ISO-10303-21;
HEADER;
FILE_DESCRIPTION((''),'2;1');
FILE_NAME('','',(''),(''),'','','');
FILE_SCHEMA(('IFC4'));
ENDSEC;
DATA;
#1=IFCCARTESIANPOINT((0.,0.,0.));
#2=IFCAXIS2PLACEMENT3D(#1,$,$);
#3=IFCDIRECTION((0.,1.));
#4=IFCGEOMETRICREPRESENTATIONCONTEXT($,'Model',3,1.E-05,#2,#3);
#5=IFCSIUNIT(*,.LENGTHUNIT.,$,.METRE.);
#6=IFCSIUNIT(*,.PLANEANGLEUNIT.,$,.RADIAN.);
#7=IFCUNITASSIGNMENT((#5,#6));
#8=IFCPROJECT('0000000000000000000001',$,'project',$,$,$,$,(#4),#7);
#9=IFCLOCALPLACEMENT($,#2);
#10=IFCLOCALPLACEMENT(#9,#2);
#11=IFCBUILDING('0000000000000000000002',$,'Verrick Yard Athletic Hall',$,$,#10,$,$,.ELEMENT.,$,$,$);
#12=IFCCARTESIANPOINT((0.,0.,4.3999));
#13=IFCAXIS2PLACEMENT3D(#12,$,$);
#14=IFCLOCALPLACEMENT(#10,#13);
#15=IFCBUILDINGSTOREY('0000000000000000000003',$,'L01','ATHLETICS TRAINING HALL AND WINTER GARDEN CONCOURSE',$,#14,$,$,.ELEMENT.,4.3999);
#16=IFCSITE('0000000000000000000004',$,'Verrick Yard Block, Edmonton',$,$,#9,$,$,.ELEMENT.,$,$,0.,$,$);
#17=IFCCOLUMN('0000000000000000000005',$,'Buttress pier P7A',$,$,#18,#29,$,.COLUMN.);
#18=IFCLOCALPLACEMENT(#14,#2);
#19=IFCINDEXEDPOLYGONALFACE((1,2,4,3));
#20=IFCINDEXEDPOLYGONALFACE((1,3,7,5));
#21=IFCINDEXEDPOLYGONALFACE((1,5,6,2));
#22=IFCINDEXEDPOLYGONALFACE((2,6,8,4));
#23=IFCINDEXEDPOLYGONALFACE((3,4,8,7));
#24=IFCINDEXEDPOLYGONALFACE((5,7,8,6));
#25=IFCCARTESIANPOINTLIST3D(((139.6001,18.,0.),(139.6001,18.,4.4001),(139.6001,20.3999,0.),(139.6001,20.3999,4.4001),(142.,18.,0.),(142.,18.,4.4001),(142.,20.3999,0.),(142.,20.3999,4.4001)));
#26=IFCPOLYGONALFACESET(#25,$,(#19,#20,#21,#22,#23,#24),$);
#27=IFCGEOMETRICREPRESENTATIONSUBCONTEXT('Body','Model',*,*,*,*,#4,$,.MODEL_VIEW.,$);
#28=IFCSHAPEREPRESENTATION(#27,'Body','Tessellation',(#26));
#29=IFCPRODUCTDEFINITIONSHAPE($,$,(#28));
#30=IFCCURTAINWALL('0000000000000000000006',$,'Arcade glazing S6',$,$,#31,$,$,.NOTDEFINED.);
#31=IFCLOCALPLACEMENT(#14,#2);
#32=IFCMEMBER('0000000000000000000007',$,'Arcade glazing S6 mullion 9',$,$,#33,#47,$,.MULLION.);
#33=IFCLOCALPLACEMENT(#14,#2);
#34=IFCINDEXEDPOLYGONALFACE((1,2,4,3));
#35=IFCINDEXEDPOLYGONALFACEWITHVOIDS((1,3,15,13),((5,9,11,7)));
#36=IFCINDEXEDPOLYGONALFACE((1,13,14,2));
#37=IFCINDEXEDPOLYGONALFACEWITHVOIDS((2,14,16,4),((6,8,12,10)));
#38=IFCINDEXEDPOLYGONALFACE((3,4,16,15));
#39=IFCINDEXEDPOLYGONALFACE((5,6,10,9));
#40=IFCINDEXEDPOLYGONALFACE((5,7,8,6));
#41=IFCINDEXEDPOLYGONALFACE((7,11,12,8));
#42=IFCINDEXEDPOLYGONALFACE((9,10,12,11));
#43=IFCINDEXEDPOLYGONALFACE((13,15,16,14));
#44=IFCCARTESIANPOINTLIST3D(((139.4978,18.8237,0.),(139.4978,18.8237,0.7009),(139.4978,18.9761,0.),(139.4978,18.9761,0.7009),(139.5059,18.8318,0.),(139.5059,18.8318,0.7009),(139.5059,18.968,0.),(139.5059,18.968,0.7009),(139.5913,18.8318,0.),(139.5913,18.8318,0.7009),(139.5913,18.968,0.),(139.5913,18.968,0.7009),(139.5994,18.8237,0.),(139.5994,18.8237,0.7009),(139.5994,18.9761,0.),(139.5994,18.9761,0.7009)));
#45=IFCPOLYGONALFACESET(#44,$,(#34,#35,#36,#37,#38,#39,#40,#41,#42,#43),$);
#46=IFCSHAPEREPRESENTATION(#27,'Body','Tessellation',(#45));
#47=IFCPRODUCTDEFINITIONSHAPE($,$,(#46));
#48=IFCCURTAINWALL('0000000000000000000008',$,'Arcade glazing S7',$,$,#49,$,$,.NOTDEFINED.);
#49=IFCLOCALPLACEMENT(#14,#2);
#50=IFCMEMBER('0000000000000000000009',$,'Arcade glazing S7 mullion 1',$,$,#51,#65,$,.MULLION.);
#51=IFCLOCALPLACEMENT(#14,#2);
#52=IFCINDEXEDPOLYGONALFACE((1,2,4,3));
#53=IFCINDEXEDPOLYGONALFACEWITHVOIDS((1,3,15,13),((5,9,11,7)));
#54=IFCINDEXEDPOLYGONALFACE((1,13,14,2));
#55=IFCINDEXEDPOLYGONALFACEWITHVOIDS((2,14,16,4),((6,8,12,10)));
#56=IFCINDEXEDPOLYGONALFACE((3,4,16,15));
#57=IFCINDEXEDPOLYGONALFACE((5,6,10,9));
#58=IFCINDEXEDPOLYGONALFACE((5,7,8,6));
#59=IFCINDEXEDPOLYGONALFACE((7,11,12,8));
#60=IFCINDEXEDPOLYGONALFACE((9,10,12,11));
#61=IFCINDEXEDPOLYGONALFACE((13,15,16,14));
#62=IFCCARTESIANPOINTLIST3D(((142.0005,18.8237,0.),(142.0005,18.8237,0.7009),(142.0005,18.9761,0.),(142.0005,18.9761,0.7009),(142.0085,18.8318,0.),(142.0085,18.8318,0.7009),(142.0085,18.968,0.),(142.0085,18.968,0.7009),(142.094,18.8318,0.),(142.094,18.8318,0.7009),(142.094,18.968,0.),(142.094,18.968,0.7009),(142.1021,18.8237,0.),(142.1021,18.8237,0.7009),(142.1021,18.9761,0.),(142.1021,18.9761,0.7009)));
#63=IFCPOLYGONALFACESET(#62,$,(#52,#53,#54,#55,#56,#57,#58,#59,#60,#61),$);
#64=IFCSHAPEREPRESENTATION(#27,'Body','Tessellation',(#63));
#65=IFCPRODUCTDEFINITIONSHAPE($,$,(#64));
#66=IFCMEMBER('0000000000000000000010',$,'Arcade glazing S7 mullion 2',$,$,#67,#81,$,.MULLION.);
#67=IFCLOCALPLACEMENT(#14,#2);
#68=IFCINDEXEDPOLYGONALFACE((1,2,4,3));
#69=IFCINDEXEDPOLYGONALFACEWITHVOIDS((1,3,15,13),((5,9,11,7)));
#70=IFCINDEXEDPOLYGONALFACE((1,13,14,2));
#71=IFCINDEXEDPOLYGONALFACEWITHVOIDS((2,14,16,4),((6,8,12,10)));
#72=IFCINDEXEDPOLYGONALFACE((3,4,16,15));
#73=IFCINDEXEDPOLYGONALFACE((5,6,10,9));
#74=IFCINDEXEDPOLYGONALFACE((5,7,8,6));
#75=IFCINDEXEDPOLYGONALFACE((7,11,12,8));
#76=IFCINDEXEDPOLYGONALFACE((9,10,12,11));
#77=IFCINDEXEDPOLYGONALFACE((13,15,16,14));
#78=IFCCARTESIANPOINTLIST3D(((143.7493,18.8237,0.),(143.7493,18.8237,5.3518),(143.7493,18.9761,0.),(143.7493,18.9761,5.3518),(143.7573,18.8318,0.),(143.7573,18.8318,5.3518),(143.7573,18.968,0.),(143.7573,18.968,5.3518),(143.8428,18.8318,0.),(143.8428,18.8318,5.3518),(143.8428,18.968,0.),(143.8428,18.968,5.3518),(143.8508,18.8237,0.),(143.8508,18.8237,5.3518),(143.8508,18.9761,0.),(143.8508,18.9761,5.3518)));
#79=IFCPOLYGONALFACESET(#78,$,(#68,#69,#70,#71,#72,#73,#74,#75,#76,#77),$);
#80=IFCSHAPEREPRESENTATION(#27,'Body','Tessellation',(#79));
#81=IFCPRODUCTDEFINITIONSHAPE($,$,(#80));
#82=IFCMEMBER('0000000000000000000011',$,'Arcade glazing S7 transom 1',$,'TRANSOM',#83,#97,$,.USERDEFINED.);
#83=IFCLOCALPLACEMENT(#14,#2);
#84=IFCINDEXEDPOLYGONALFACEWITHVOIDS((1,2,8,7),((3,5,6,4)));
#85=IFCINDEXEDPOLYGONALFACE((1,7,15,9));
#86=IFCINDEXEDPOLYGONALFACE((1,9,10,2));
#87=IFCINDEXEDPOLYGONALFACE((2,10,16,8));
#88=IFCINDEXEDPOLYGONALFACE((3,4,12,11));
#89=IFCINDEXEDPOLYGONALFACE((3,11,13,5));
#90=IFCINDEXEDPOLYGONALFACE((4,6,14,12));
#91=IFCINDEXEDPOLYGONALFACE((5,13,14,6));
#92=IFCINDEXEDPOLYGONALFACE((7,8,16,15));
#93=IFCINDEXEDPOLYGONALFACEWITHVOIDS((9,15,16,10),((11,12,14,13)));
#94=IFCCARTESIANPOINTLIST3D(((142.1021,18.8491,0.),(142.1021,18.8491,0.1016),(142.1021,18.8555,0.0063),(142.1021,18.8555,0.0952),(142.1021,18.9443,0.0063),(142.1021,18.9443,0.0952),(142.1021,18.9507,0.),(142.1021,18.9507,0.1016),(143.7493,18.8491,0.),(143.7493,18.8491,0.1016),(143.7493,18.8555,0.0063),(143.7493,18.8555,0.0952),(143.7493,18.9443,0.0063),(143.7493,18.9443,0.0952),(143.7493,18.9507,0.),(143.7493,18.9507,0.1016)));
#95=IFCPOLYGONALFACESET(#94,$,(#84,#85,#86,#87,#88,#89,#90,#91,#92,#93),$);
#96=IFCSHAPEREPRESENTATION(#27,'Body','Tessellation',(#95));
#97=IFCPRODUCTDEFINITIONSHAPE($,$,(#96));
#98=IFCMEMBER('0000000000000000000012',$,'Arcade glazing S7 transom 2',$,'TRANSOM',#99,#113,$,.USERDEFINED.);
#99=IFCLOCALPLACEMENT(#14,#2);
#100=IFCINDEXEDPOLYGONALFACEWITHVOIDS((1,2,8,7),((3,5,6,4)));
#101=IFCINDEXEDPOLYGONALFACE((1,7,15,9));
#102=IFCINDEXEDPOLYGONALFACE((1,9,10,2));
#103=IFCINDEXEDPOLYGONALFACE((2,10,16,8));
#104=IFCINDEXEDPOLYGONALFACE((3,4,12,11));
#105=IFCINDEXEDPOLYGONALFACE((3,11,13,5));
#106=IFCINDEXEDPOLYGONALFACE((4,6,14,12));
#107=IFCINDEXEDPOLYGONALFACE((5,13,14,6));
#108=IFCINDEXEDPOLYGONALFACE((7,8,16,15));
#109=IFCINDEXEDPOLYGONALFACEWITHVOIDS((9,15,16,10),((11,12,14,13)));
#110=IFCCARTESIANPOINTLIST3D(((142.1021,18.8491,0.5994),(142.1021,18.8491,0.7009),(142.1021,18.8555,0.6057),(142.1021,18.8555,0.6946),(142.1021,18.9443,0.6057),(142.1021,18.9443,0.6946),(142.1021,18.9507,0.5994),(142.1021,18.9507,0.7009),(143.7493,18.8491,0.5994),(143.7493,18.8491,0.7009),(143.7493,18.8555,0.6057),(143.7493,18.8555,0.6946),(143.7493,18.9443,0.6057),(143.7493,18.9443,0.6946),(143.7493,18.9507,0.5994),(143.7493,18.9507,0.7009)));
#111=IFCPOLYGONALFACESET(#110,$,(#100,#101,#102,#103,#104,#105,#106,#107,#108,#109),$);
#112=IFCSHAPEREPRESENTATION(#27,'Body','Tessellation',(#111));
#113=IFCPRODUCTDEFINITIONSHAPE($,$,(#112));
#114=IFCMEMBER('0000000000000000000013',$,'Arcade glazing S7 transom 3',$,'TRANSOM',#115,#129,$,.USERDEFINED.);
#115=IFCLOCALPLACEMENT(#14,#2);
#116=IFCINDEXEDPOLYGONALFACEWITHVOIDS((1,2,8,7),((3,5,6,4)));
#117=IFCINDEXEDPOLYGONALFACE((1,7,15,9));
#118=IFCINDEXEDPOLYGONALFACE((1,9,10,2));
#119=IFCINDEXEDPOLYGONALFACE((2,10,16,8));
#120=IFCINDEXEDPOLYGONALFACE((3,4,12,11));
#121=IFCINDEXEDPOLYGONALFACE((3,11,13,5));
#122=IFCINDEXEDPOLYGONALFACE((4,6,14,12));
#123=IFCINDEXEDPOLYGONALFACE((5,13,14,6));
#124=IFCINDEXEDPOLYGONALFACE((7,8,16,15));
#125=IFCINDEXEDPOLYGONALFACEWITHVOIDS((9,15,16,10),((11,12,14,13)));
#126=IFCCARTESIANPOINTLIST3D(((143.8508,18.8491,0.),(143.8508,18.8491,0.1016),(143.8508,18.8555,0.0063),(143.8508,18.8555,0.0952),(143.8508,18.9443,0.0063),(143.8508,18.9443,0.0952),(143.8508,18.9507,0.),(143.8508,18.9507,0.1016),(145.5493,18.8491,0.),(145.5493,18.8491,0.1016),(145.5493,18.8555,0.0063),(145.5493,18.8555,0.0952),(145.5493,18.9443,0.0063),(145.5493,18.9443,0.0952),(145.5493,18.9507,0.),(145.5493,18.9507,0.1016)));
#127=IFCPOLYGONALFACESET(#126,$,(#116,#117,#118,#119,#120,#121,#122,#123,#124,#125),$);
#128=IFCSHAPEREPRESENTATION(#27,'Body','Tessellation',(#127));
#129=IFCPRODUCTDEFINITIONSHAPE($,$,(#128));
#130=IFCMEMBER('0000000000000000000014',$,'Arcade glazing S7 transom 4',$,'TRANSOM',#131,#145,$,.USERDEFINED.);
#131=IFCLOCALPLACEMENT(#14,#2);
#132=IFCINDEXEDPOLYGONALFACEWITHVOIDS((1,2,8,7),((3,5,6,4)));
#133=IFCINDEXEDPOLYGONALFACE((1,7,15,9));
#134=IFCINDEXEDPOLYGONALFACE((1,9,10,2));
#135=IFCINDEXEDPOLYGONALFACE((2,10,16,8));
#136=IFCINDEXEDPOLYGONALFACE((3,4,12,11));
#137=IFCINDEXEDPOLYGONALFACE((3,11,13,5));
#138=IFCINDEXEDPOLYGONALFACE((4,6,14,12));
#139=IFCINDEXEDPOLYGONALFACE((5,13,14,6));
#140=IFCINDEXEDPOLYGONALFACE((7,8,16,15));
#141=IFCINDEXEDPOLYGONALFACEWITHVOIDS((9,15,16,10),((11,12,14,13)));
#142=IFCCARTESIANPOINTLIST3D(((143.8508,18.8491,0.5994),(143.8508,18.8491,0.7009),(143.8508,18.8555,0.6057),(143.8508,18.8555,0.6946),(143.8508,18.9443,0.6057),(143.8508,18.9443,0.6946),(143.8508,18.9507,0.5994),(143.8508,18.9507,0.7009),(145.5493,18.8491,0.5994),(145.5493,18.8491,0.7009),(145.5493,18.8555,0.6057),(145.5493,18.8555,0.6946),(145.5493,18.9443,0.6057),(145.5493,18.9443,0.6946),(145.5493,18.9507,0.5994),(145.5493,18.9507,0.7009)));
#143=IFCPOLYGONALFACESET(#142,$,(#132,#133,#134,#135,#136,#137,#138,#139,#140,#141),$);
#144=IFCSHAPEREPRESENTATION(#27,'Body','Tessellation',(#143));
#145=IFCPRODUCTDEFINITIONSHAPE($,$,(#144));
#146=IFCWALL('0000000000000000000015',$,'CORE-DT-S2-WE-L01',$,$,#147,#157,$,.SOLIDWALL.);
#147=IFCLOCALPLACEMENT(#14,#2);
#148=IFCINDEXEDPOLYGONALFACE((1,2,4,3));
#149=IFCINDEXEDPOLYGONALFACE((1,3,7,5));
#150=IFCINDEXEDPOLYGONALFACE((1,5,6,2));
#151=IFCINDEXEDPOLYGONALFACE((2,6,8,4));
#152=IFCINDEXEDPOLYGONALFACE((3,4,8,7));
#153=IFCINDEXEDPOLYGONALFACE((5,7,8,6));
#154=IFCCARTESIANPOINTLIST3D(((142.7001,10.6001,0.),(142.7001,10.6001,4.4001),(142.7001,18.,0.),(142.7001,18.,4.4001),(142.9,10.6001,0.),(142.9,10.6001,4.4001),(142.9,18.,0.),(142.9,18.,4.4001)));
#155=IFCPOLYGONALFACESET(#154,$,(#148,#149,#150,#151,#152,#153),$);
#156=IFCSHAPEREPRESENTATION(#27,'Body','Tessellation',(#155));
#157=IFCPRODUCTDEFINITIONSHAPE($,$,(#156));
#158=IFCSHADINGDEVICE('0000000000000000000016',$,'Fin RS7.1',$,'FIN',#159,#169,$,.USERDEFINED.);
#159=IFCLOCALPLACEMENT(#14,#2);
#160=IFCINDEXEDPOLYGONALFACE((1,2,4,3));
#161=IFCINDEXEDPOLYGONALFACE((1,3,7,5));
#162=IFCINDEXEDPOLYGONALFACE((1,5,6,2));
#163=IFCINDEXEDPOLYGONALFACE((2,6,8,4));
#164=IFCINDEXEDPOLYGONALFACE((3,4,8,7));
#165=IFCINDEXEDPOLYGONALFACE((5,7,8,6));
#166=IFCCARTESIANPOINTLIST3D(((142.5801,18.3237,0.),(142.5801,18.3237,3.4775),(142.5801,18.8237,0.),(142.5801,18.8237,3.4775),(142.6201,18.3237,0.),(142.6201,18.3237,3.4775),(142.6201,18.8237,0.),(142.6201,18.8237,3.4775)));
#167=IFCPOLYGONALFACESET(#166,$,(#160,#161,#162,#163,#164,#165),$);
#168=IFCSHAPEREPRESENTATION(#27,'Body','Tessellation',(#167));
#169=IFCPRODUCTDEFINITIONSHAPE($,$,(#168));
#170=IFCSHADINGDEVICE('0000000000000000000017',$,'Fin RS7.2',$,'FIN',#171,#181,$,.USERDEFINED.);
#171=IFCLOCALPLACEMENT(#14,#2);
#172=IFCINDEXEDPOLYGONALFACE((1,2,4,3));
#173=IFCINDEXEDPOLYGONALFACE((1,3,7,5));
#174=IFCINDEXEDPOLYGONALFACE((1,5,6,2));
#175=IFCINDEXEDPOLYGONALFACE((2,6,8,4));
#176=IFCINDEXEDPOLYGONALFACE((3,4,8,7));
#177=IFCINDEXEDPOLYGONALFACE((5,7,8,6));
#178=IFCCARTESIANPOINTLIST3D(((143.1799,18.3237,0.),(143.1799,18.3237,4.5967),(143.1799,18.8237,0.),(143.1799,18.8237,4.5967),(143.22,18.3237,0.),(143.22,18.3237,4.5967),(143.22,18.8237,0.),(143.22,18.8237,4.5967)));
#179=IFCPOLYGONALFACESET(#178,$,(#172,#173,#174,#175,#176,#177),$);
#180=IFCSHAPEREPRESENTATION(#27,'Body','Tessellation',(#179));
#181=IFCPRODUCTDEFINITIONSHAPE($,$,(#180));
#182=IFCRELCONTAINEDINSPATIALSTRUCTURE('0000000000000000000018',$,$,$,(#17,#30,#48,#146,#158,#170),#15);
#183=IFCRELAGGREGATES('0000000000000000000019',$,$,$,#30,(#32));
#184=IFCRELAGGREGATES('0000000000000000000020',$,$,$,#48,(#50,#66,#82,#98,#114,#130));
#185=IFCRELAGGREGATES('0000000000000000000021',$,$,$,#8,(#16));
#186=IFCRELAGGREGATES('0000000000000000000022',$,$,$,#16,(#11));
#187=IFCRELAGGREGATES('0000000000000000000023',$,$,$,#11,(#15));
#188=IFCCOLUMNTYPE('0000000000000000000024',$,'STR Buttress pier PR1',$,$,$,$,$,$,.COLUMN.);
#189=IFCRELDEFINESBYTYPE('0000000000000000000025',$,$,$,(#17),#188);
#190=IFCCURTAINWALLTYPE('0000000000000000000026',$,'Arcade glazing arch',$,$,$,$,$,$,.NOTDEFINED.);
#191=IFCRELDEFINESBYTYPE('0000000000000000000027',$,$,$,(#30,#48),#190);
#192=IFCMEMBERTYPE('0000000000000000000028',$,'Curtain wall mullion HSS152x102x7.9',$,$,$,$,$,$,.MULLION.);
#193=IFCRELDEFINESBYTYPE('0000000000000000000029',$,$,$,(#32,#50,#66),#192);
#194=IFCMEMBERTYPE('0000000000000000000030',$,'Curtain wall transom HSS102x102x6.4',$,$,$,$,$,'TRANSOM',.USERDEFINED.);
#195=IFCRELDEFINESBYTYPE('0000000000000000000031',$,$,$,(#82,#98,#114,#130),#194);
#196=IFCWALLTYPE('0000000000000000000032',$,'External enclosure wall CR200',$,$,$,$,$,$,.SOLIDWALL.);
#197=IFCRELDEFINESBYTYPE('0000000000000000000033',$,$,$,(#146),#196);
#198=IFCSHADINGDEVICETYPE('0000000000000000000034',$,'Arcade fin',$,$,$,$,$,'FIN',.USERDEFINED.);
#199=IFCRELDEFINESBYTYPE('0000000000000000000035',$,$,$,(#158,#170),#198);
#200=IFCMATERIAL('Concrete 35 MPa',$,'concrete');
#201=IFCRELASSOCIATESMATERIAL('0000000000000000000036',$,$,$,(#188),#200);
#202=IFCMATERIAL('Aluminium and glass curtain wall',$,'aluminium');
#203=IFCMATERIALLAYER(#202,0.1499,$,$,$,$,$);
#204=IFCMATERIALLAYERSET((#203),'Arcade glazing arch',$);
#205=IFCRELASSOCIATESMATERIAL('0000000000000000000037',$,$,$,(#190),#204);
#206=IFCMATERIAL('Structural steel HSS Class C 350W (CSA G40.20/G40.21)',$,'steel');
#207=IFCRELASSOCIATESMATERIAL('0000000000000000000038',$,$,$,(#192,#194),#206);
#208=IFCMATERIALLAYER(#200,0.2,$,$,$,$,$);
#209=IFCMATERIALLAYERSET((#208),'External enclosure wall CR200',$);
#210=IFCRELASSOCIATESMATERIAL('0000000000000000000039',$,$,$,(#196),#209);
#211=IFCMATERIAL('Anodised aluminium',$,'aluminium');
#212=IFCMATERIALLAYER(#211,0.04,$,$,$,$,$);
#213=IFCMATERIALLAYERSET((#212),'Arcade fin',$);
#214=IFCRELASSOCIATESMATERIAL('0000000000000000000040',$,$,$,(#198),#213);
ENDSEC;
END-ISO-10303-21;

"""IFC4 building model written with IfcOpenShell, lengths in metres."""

from ifc_helpers import new_model, si_unit, direction, frame, frame_2d, origin, origin_2d, place, context, subcontext, project, spatial, polyline, rectangle, hollow_rectangle, outline, extrude, material, layer, layer_set, material_profile, profile_set, type_object, element, aggregate, save


model = new_model("IFC4")

# Units and contexts
model_context = context("Model", 3, precision=1e-05, world=origin(), true_north=direction((0.0, 1.0)))
body_context = subcontext(model_context, "Body", "Model", "MODEL_VIEW")
ifc_project = project(units=[si_unit("LENGTHUNIT", "METRE"), si_unit("PLANEANGLEUNIT", "RADIAN")], contexts=[model_context])

# Site, building, storey
site_placement = place(None, origin())
site = spatial("IfcSite", under=ifc_project, at=site_placement, Name="Verrick Yard Block, Edmonton", CompositionType="ELEMENT", RefElevation=0.0)
building_placement = place(site_placement, origin())
building = spatial("IfcBuilding", under=site, at=building_placement, Name="Verrick Yard Athletic Hall", CompositionType="ELEMENT")
storey_placement = place(building_placement, frame((0.0, 0.0, 4.3999)))
storey = spatial("IfcBuildingStorey", under=building, at=storey_placement, Name="L01", Description="ATHLETICS TRAINING HALL AND WINTER GARDEN CONCOURSE", CompositionType="ELEMENT", Elevation=4.3999)

# Column
ifc_material_1 = material(Name="Concrete 35 MPa", Category="concrete")
ifc_material_profile_1 = material_profile(ifc_material_1, rectangle(XDim=2.3999, YDim=2.3999, at=origin_2d()), Name="STR Buttress pier PR1")
ifc_profile_set_1 = profile_set([ifc_material_profile_1], Name="Concrete 35 MPa")
column_type = type_object("IfcColumnType", Name="STR Buttress pier PR1", PredefinedType="COLUMN", material=ifc_profile_set_1)
column_placement = place(storey_placement, frame((140.8, 19.2, 0.0), z_axis=(0.0, 0.0, 1.0), x_axis=(1.0, 0.0, 0.0)))
element("IfcColumn", 1, at=column_placement, inside=storey, type_object=column_type, Name="Buttress pier P7A", PredefinedType="COLUMN", context=body_context, shape_type="SweptSolid", body=[
    extrude(rectangle(XDim=2.3999, YDim=2.3999, at=origin_2d()), origin(), (0.0, 0.0, 1.0), 4.4001),
])

# Curtain wall, member
ifc_material_2 = material(Name="Aluminium and glass curtain wall", Category="aluminium")
ifc_layer_1 = layer(ifc_material_2, 0.1499)
ifc_layer_set_1 = layer_set([ifc_layer_1], Name="Arcade glazing arch")
curtain_wall_type = type_object("IfcCurtainWallType", Name="Arcade glazing arch", PredefinedType="NOTDEFINED", material=ifc_layer_set_1)
curtain_wall_1_placement = place(storey_placement, origin())
curtain_wall_1 = element("IfcCurtainWall", 2, at=curtain_wall_1_placement, inside=storey, type_object=curtain_wall_type, Name="Arcade glazing S6", PredefinedType="NOTDEFINED")
ifc_material_3 = material(Name="Structural steel HSS Class C 350W (CSA G40.20/G40.21)", Category="steel")
ifc_material_profile_2 = material_profile(ifc_material_3, hollow_rectangle(XDim=0.1016, YDim=0.1523, WallThickness=0.0081, at=origin_2d()), Name="HSS152x102x7.9")
ifc_profile_set_2 = profile_set([ifc_material_profile_2], Name="Structural steel HSS Class C 350W (CSA G40.20/G40.21)")
member_type_1 = type_object("IfcMemberType", Name="Curtain wall mullion HSS152x102x7.9", PredefinedType="MULLION", material=ifc_profile_set_2)
member_1_placement = place(storey_placement, frame((139.5486, 18.8999, 0.0), z_axis=(0.0, 0.0, 1.0), x_axis=(1.0, 0.0, 0.0)))
member_1 = element("IfcMember", 3, at=member_1_placement, type_object=member_type_1, Name="Arcade glazing S6 mullion 9", PredefinedType="MULLION", context=body_context, shape_type="SweptSolid", body=[
    extrude(hollow_rectangle(XDim=0.1016, YDim=0.1523, WallThickness=0.0081, at=origin_2d()), origin(), (0.0, 0.0, 1.0), 0.7009),
])
aggregate(curtain_wall_1, [member_1])

# Curtain wall, members
curtain_wall_2_placement = place(storey_placement, origin())
curtain_wall_2 = element("IfcCurtainWall", 4, at=curtain_wall_2_placement, inside=storey, type_object=curtain_wall_type, Name="Arcade glazing S7", PredefinedType="NOTDEFINED")
member_2_placement = place(storey_placement, frame((142.0513, 18.8999, 0.0), z_axis=(0.0, 0.0, 1.0), x_axis=(1.0, 0.0, 0.0)))
member_2 = element("IfcMember", 5, at=member_2_placement, type_object=member_type_1, Name="Arcade glazing S7 mullion 1", PredefinedType="MULLION", context=body_context, shape_type="SweptSolid", body=[
    extrude(hollow_rectangle(XDim=0.1016, YDim=0.1523, WallThickness=0.0081, at=origin_2d()), origin(), (0.0, 0.0, 1.0), 0.7009),
])
member_3_placement = place(storey_placement, frame((143.8, 18.8999, 0.0), z_axis=(0.0, 0.0, 1.0), x_axis=(1.0, 0.0, 0.0)))
member_3 = element("IfcMember", 6, at=member_3_placement, type_object=member_type_1, Name="Arcade glazing S7 mullion 2", PredefinedType="MULLION", context=body_context, shape_type="SweptSolid", body=[
    extrude(hollow_rectangle(XDim=0.1016, YDim=0.1523, WallThickness=0.0081, at=origin_2d()), origin(), (0.0, 0.0, 1.0), 5.3518),
])
ifc_material_profile_3 = material_profile(ifc_material_3, hollow_rectangle(XDim=0.1016, YDim=0.1016, WallThickness=0.0063, at=origin_2d()), Name="HSS102x102x6.4")
ifc_profile_set_3 = profile_set([ifc_material_profile_3], Name="Structural steel HSS Class C 350W (CSA G40.20/G40.21)")
member_type_2 = type_object("IfcMemberType", Name="Curtain wall transom HSS102x102x6.4", ElementType="TRANSOM", PredefinedType="USERDEFINED", material=ifc_profile_set_3)
member_4_placement = place(storey_placement, frame((142.1021, 18.8999, 0.0508), z_axis=(1.0, 0.0, 0.0), x_axis=(0.0, 1.0, 0.0)))
member_4 = element("IfcMember", 7, at=member_4_placement, type_object=member_type_2, Name="Arcade glazing S7 transom 1", ObjectType="TRANSOM", PredefinedType="USERDEFINED", context=body_context, shape_type="SweptSolid", body=[
    extrude(hollow_rectangle(XDim=0.1016, YDim=0.1016, WallThickness=0.0063, at=origin_2d()), origin(), (0.0, 0.0, 1.0), 1.6472),
])
member_5_placement = place(storey_placement, frame((142.1021, 18.8999, 0.6501), z_axis=(1.0, 0.0, 0.0), x_axis=(0.0, 1.0, 0.0)))
member_5 = element("IfcMember", 8, at=member_5_placement, type_object=member_type_2, Name="Arcade glazing S7 transom 2", ObjectType="TRANSOM", PredefinedType="USERDEFINED", context=body_context, shape_type="SweptSolid", body=[
    extrude(hollow_rectangle(XDim=0.1016, YDim=0.1016, WallThickness=0.0063, at=origin_2d()), origin(), (0.0, 0.0, 1.0), 1.6472),
])
member_6_placement = place(storey_placement, frame((143.8508, 18.8999, 0.0508), z_axis=(1.0, 0.0, 0.0), x_axis=(0.0, 1.0, 0.0)))
member_6 = element("IfcMember", 9, at=member_6_placement, type_object=member_type_2, Name="Arcade glazing S7 transom 3", ObjectType="TRANSOM", PredefinedType="USERDEFINED", context=body_context, shape_type="SweptSolid", body=[
    extrude(hollow_rectangle(XDim=0.1016, YDim=0.1016, WallThickness=0.0063, at=origin_2d()), origin(), (0.0, 0.0, 1.0), 1.6985),
])
member_7_placement = place(storey_placement, frame((143.8508, 18.8999, 0.6501), z_axis=(1.0, 0.0, 0.0), x_axis=(0.0, 1.0, 0.0)))
member_7 = element("IfcMember", 10, at=member_7_placement, type_object=member_type_2, Name="Arcade glazing S7 transom 4", ObjectType="TRANSOM", PredefinedType="USERDEFINED", context=body_context, shape_type="SweptSolid", body=[
    extrude(hollow_rectangle(XDim=0.1016, YDim=0.1016, WallThickness=0.0063, at=origin_2d()), origin(), (0.0, 0.0, 1.0), 1.6985),
])
aggregate(curtain_wall_2, [member_2, member_3, member_4, member_5, member_6, member_7])

# Wall
ifc_layer_2 = layer(ifc_material_1, 0.2)
ifc_layer_set_2 = layer_set([ifc_layer_2], Name="External enclosure wall CR200")
wall_type = type_object("IfcWallType", Name="External enclosure wall CR200", PredefinedType="SOLIDWALL", material=ifc_layer_set_2)
wall_placement = place(storey_placement, frame((142.8, 18.0, 0.0), z_axis=(0.0, 0.0, 1.0), x_axis=(0.0, -1.0, 0.0)))
element("IfcWall", 11, at=wall_placement, inside=storey, type_object=wall_type, Name="CORE-DT-S2-WE-L01", PredefinedType="SOLIDWALL", context=body_context, shape_type="SweptSolid", body=[
    extrude(rectangle(XDim=7.3999, YDim=0.2, at=frame_2d((3.7, 0.0))), origin(), (0.0, 0.0, 1.0), 4.4001),
])

# Shading devices
ifc_material_4 = material(Name="Anodised aluminium", Category="aluminium")
ifc_layer_3 = layer(ifc_material_4, 0.04)
ifc_layer_set_3 = layer_set([ifc_layer_3], Name="Arcade fin")
shading_device_type = type_object("IfcShadingDeviceType", Name="Arcade fin", ElementType="FIN", PredefinedType="USERDEFINED", material=ifc_layer_set_3)
shading_device_1_placement = place(storey_placement, frame((142.6001, 18.8237, 0.0), z_axis=(0.0, 0.0, 1.0), x_axis=(0.0, -1.0, 0.0)))
element("IfcShadingDevice", 12, at=shading_device_1_placement, inside=storey, type_object=shading_device_type, Name="Fin RS7.1", ObjectType="FIN", PredefinedType="USERDEFINED", context=body_context, shape_type="SweptSolid", body=[
    extrude(outline(polyline([(0.0, 0.0), (0.5, 0.0), (0.5, 3.4775), (0.0, 3.4775), (0.0, 0.0)])), frame((0.0, 0.02, 0.0), z_axis=(0.0, -1.0, 0.0), x_axis=(1.0, 0.0, 0.0)), (0.0, 0.0, 1.0), 0.04),
])
shading_device_2_placement = place(storey_placement, frame((143.2, 18.8237, 0.0), z_axis=(0.0, 0.0, 1.0), x_axis=(0.0, -1.0, 0.0)))
element("IfcShadingDevice", 13, at=shading_device_2_placement, inside=storey, type_object=shading_device_type, Name="Fin RS7.2", ObjectType="FIN", PredefinedType="USERDEFINED", context=body_context, shape_type="SweptSolid", body=[
    extrude(outline(polyline([(0.0, 0.0), (0.5, 0.0), (0.5, 4.5967), (0.0, 4.5967), (0.0, 0.0)])), frame((0.0, 0.02, 0.0), z_axis=(0.0, -1.0, 0.0), x_axis=(1.0, 0.0, 0.0)), (0.0, 0.0, 1.0), 0.04),
])

save(model, "model.ifc")
